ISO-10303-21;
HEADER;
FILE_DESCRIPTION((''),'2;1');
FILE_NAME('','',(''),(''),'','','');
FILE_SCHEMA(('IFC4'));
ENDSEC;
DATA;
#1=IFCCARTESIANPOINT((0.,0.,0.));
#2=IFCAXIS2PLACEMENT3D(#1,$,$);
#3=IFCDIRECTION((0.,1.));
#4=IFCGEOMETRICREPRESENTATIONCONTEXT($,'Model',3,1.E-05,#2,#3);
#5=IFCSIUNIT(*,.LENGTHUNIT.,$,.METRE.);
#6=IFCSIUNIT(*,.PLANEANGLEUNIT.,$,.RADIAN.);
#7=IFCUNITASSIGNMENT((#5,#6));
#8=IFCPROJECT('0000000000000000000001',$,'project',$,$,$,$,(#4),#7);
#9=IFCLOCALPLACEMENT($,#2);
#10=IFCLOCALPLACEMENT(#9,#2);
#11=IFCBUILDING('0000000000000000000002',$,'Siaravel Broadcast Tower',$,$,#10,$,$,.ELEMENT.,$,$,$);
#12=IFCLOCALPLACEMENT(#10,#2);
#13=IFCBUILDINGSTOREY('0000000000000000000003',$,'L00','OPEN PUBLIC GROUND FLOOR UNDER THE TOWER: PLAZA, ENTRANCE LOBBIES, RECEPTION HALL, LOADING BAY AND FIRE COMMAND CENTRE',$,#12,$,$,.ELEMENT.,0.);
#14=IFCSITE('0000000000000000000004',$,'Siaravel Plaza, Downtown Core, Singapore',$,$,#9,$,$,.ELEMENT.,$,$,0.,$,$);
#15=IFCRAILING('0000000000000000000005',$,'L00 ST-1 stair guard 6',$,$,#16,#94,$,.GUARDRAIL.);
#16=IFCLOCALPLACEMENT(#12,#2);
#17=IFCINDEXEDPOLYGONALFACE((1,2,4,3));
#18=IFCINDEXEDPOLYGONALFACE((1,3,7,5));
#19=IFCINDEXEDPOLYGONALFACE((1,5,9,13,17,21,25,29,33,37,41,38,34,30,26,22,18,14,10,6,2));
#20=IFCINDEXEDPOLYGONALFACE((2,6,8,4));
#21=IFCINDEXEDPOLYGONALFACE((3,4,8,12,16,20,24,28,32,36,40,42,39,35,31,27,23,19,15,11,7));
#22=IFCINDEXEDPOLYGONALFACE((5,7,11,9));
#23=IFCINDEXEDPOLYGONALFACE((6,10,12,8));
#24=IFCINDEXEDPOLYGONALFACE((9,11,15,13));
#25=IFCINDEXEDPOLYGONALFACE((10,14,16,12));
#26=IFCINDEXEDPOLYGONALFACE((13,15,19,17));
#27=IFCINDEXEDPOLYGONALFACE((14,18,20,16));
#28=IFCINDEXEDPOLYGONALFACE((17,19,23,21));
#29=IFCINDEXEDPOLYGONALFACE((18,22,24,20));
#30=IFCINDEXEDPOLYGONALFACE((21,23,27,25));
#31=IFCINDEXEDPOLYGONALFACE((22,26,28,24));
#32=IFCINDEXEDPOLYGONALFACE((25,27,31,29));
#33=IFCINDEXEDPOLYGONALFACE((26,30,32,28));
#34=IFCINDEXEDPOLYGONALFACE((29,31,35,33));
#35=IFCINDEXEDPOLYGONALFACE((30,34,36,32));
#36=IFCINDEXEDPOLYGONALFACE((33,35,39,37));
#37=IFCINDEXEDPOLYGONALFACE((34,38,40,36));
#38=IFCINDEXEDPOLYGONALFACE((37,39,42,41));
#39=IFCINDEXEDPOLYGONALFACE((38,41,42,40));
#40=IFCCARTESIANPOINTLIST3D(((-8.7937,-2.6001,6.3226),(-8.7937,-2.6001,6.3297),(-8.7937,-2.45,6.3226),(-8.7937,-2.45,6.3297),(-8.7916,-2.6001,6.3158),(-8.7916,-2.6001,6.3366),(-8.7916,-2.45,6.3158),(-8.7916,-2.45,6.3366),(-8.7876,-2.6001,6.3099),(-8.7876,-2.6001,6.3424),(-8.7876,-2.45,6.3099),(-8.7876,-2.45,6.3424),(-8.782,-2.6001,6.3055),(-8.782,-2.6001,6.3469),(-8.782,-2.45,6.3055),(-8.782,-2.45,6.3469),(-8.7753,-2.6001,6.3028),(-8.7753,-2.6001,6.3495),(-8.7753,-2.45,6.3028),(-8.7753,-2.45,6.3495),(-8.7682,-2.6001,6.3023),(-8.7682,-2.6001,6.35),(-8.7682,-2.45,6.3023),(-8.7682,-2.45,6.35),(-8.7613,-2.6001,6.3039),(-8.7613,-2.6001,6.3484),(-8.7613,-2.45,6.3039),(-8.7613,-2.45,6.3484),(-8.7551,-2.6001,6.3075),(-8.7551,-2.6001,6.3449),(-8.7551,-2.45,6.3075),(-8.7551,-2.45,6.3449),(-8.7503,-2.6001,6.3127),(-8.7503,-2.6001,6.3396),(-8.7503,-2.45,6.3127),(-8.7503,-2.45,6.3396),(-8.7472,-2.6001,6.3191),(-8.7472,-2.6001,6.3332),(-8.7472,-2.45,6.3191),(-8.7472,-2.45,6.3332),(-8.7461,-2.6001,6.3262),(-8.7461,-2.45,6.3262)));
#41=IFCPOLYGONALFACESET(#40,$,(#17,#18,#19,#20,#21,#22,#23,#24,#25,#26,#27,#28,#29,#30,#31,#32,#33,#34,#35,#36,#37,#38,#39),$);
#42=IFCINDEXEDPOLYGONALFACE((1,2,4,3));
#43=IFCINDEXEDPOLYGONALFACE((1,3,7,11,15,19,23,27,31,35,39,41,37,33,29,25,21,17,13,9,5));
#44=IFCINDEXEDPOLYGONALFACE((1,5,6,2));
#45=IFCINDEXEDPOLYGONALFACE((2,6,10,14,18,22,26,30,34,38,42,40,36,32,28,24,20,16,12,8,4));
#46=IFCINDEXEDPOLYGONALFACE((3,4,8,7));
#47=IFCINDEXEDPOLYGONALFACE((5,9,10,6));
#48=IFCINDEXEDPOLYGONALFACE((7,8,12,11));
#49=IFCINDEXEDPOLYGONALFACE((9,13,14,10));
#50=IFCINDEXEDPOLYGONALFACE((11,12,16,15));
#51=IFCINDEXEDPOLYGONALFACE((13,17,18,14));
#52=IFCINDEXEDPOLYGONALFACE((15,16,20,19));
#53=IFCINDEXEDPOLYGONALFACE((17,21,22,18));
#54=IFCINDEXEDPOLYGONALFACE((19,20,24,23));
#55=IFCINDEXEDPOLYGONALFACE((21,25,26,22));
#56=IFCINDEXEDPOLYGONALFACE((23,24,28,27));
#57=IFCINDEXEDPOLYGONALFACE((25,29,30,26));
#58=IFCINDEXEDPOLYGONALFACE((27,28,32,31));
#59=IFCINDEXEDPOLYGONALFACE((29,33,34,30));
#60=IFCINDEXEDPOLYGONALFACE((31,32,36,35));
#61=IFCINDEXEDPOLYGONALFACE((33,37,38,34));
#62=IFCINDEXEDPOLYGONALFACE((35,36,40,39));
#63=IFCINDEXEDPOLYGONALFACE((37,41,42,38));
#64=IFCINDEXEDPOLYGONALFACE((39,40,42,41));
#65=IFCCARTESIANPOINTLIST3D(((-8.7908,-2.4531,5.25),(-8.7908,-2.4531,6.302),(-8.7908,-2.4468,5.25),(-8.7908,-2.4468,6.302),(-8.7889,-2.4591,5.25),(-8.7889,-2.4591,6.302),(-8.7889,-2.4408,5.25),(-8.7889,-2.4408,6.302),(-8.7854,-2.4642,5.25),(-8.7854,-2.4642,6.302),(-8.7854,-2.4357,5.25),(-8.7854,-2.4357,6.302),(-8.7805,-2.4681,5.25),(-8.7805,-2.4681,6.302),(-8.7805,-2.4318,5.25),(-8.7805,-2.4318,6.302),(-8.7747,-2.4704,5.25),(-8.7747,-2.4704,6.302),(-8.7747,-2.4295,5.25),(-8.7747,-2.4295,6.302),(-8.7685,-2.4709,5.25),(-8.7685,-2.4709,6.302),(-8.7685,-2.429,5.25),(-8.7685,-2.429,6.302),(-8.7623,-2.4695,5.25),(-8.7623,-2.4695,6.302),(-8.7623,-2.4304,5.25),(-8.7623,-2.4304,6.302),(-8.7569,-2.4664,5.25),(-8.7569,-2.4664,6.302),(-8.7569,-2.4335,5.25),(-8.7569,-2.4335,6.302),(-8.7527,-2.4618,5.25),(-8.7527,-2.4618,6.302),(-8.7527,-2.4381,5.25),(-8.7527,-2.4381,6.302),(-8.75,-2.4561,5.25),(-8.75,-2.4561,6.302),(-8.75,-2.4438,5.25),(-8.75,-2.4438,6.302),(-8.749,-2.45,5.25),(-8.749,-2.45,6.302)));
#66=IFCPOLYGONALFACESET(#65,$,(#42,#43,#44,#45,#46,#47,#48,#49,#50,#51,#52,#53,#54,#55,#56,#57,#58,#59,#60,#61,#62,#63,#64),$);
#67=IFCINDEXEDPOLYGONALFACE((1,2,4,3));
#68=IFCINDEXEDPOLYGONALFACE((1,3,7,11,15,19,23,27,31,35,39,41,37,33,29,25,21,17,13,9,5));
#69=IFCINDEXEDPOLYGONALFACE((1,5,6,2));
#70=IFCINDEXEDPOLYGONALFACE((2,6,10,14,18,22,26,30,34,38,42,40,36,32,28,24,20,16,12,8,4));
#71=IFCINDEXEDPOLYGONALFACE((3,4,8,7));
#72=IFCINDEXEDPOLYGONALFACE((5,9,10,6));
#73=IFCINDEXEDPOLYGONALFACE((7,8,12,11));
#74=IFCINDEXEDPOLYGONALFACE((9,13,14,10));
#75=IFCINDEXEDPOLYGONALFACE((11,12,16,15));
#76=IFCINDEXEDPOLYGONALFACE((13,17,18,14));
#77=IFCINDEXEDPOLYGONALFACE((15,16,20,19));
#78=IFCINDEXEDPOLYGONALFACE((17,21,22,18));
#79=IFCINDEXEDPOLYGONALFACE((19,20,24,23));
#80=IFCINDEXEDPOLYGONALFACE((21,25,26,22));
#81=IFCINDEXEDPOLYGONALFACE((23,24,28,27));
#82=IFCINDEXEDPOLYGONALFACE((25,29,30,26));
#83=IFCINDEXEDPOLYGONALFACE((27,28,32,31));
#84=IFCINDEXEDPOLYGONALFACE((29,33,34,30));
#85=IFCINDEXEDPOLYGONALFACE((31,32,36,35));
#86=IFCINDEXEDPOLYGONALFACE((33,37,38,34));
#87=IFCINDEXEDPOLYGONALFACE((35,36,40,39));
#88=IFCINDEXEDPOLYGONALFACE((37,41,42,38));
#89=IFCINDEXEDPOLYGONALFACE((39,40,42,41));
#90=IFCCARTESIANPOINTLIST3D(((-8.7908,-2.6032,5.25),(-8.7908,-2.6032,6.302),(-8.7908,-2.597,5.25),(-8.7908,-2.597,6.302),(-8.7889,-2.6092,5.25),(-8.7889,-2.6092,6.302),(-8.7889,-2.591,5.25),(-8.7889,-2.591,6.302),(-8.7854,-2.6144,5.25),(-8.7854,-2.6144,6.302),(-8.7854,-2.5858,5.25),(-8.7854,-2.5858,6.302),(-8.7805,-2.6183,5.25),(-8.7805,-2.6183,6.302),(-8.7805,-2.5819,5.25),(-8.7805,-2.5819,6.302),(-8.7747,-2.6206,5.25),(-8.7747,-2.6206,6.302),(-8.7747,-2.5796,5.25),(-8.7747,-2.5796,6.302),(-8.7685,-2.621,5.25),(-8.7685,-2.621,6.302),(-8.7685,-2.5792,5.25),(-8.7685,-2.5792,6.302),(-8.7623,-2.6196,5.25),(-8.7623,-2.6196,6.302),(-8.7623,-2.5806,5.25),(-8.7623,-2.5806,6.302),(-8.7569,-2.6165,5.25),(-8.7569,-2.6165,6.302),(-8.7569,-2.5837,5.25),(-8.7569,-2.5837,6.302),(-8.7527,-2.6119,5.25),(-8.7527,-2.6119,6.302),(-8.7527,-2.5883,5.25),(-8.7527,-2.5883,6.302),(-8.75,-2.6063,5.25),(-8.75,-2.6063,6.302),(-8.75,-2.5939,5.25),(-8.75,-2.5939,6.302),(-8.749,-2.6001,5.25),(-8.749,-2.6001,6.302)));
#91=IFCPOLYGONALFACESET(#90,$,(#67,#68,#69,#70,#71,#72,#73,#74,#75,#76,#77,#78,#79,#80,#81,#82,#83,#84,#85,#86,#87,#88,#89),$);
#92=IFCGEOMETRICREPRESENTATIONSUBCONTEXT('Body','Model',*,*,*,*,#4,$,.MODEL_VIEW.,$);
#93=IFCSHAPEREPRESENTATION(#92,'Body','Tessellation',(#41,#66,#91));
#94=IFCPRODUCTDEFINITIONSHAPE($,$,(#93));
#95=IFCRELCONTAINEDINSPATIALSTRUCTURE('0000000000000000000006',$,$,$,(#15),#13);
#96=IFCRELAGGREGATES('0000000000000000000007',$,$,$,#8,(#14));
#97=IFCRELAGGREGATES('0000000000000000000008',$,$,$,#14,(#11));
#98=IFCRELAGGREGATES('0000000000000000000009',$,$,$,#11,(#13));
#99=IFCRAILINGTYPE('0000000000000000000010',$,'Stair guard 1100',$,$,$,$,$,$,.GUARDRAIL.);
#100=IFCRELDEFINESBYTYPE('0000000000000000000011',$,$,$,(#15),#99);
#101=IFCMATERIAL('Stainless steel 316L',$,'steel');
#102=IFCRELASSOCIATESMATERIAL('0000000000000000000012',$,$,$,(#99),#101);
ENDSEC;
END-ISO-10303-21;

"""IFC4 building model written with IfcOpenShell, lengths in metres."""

from ifc_helpers import new_model, si_unit, direction, frame, origin, origin_2d, place, context, subcontext, project, spatial, circle, extrude, material, type_object, element, save


model = new_model("IFC4")

# Units and contexts
model_context = context("Model", 3, precision=1e-05, world=origin(), true_north=direction((0.0, 1.0)))
body_context = subcontext(model_context, "Body", "Model", "MODEL_VIEW")
ifc_project = project(units=[si_unit("LENGTHUNIT", "METRE"), si_unit("PLANEANGLEUNIT", "RADIAN")], contexts=[model_context])

# Site, building, storey
site_placement = place(None, origin())
site = spatial("IfcSite", under=ifc_project, at=site_placement, Name="Siaravel Plaza, Downtown Core, Singapore", CompositionType="ELEMENT", RefElevation=0.0)
building_placement = place(site_placement, origin())
building = spatial("IfcBuilding", under=site, at=building_placement, Name="Siaravel Broadcast Tower", CompositionType="ELEMENT")
storey_placement = place(building_placement, origin())
storey = spatial("IfcBuildingStorey", under=building, at=storey_placement, Name="L00", Description="OPEN PUBLIC GROUND FLOOR UNDER THE TOWER: PLAZA, ENTRANCE LOBBIES, RECEPTION HALL, LOADING BAY AND FIRE COMMAND CENTRE", CompositionType="ELEMENT", Elevation=0.0)

# Shared definitions
ifc_material_1 = material(Name="Stainless steel 316L", Category="steel")

# Railing
railing_type_1 = type_object("IfcRailingType", Name="Stair guard 1100", PredefinedType="GUARDRAIL", material=ifc_material_1)
railing_1_placement = place(storey_placement, frame((-8.77, -2.45, 5.25)))
element("IfcRailing", 1, at=railing_1_placement, inside=storey, type_object=railing_type_1, Name="L00 ST-1 stair guard 6", PredefinedType="GUARDRAIL", context=body_context, shape_type="SweptSolid", body=[
    extrude(circle(Radius=0.0239, at=origin_2d()), frame((0.0, 0.0, 1.0762), z_axis=(0.0, -1.0, 0.0), x_axis=(1.0, 0.0, 0.0)), (0.0, 0.0, 1.0), 0.1501),
    extrude(circle(Radius=0.021, at=origin_2d()), origin(), (0.0, 0.0, 1.0), 1.052),
    extrude(circle(Radius=0.021, at=origin_2d()), frame((0.0, -0.1501, 0.0)), (0.0, 0.0, 1.0), 1.052),
])

save(model, "model.ifc")
